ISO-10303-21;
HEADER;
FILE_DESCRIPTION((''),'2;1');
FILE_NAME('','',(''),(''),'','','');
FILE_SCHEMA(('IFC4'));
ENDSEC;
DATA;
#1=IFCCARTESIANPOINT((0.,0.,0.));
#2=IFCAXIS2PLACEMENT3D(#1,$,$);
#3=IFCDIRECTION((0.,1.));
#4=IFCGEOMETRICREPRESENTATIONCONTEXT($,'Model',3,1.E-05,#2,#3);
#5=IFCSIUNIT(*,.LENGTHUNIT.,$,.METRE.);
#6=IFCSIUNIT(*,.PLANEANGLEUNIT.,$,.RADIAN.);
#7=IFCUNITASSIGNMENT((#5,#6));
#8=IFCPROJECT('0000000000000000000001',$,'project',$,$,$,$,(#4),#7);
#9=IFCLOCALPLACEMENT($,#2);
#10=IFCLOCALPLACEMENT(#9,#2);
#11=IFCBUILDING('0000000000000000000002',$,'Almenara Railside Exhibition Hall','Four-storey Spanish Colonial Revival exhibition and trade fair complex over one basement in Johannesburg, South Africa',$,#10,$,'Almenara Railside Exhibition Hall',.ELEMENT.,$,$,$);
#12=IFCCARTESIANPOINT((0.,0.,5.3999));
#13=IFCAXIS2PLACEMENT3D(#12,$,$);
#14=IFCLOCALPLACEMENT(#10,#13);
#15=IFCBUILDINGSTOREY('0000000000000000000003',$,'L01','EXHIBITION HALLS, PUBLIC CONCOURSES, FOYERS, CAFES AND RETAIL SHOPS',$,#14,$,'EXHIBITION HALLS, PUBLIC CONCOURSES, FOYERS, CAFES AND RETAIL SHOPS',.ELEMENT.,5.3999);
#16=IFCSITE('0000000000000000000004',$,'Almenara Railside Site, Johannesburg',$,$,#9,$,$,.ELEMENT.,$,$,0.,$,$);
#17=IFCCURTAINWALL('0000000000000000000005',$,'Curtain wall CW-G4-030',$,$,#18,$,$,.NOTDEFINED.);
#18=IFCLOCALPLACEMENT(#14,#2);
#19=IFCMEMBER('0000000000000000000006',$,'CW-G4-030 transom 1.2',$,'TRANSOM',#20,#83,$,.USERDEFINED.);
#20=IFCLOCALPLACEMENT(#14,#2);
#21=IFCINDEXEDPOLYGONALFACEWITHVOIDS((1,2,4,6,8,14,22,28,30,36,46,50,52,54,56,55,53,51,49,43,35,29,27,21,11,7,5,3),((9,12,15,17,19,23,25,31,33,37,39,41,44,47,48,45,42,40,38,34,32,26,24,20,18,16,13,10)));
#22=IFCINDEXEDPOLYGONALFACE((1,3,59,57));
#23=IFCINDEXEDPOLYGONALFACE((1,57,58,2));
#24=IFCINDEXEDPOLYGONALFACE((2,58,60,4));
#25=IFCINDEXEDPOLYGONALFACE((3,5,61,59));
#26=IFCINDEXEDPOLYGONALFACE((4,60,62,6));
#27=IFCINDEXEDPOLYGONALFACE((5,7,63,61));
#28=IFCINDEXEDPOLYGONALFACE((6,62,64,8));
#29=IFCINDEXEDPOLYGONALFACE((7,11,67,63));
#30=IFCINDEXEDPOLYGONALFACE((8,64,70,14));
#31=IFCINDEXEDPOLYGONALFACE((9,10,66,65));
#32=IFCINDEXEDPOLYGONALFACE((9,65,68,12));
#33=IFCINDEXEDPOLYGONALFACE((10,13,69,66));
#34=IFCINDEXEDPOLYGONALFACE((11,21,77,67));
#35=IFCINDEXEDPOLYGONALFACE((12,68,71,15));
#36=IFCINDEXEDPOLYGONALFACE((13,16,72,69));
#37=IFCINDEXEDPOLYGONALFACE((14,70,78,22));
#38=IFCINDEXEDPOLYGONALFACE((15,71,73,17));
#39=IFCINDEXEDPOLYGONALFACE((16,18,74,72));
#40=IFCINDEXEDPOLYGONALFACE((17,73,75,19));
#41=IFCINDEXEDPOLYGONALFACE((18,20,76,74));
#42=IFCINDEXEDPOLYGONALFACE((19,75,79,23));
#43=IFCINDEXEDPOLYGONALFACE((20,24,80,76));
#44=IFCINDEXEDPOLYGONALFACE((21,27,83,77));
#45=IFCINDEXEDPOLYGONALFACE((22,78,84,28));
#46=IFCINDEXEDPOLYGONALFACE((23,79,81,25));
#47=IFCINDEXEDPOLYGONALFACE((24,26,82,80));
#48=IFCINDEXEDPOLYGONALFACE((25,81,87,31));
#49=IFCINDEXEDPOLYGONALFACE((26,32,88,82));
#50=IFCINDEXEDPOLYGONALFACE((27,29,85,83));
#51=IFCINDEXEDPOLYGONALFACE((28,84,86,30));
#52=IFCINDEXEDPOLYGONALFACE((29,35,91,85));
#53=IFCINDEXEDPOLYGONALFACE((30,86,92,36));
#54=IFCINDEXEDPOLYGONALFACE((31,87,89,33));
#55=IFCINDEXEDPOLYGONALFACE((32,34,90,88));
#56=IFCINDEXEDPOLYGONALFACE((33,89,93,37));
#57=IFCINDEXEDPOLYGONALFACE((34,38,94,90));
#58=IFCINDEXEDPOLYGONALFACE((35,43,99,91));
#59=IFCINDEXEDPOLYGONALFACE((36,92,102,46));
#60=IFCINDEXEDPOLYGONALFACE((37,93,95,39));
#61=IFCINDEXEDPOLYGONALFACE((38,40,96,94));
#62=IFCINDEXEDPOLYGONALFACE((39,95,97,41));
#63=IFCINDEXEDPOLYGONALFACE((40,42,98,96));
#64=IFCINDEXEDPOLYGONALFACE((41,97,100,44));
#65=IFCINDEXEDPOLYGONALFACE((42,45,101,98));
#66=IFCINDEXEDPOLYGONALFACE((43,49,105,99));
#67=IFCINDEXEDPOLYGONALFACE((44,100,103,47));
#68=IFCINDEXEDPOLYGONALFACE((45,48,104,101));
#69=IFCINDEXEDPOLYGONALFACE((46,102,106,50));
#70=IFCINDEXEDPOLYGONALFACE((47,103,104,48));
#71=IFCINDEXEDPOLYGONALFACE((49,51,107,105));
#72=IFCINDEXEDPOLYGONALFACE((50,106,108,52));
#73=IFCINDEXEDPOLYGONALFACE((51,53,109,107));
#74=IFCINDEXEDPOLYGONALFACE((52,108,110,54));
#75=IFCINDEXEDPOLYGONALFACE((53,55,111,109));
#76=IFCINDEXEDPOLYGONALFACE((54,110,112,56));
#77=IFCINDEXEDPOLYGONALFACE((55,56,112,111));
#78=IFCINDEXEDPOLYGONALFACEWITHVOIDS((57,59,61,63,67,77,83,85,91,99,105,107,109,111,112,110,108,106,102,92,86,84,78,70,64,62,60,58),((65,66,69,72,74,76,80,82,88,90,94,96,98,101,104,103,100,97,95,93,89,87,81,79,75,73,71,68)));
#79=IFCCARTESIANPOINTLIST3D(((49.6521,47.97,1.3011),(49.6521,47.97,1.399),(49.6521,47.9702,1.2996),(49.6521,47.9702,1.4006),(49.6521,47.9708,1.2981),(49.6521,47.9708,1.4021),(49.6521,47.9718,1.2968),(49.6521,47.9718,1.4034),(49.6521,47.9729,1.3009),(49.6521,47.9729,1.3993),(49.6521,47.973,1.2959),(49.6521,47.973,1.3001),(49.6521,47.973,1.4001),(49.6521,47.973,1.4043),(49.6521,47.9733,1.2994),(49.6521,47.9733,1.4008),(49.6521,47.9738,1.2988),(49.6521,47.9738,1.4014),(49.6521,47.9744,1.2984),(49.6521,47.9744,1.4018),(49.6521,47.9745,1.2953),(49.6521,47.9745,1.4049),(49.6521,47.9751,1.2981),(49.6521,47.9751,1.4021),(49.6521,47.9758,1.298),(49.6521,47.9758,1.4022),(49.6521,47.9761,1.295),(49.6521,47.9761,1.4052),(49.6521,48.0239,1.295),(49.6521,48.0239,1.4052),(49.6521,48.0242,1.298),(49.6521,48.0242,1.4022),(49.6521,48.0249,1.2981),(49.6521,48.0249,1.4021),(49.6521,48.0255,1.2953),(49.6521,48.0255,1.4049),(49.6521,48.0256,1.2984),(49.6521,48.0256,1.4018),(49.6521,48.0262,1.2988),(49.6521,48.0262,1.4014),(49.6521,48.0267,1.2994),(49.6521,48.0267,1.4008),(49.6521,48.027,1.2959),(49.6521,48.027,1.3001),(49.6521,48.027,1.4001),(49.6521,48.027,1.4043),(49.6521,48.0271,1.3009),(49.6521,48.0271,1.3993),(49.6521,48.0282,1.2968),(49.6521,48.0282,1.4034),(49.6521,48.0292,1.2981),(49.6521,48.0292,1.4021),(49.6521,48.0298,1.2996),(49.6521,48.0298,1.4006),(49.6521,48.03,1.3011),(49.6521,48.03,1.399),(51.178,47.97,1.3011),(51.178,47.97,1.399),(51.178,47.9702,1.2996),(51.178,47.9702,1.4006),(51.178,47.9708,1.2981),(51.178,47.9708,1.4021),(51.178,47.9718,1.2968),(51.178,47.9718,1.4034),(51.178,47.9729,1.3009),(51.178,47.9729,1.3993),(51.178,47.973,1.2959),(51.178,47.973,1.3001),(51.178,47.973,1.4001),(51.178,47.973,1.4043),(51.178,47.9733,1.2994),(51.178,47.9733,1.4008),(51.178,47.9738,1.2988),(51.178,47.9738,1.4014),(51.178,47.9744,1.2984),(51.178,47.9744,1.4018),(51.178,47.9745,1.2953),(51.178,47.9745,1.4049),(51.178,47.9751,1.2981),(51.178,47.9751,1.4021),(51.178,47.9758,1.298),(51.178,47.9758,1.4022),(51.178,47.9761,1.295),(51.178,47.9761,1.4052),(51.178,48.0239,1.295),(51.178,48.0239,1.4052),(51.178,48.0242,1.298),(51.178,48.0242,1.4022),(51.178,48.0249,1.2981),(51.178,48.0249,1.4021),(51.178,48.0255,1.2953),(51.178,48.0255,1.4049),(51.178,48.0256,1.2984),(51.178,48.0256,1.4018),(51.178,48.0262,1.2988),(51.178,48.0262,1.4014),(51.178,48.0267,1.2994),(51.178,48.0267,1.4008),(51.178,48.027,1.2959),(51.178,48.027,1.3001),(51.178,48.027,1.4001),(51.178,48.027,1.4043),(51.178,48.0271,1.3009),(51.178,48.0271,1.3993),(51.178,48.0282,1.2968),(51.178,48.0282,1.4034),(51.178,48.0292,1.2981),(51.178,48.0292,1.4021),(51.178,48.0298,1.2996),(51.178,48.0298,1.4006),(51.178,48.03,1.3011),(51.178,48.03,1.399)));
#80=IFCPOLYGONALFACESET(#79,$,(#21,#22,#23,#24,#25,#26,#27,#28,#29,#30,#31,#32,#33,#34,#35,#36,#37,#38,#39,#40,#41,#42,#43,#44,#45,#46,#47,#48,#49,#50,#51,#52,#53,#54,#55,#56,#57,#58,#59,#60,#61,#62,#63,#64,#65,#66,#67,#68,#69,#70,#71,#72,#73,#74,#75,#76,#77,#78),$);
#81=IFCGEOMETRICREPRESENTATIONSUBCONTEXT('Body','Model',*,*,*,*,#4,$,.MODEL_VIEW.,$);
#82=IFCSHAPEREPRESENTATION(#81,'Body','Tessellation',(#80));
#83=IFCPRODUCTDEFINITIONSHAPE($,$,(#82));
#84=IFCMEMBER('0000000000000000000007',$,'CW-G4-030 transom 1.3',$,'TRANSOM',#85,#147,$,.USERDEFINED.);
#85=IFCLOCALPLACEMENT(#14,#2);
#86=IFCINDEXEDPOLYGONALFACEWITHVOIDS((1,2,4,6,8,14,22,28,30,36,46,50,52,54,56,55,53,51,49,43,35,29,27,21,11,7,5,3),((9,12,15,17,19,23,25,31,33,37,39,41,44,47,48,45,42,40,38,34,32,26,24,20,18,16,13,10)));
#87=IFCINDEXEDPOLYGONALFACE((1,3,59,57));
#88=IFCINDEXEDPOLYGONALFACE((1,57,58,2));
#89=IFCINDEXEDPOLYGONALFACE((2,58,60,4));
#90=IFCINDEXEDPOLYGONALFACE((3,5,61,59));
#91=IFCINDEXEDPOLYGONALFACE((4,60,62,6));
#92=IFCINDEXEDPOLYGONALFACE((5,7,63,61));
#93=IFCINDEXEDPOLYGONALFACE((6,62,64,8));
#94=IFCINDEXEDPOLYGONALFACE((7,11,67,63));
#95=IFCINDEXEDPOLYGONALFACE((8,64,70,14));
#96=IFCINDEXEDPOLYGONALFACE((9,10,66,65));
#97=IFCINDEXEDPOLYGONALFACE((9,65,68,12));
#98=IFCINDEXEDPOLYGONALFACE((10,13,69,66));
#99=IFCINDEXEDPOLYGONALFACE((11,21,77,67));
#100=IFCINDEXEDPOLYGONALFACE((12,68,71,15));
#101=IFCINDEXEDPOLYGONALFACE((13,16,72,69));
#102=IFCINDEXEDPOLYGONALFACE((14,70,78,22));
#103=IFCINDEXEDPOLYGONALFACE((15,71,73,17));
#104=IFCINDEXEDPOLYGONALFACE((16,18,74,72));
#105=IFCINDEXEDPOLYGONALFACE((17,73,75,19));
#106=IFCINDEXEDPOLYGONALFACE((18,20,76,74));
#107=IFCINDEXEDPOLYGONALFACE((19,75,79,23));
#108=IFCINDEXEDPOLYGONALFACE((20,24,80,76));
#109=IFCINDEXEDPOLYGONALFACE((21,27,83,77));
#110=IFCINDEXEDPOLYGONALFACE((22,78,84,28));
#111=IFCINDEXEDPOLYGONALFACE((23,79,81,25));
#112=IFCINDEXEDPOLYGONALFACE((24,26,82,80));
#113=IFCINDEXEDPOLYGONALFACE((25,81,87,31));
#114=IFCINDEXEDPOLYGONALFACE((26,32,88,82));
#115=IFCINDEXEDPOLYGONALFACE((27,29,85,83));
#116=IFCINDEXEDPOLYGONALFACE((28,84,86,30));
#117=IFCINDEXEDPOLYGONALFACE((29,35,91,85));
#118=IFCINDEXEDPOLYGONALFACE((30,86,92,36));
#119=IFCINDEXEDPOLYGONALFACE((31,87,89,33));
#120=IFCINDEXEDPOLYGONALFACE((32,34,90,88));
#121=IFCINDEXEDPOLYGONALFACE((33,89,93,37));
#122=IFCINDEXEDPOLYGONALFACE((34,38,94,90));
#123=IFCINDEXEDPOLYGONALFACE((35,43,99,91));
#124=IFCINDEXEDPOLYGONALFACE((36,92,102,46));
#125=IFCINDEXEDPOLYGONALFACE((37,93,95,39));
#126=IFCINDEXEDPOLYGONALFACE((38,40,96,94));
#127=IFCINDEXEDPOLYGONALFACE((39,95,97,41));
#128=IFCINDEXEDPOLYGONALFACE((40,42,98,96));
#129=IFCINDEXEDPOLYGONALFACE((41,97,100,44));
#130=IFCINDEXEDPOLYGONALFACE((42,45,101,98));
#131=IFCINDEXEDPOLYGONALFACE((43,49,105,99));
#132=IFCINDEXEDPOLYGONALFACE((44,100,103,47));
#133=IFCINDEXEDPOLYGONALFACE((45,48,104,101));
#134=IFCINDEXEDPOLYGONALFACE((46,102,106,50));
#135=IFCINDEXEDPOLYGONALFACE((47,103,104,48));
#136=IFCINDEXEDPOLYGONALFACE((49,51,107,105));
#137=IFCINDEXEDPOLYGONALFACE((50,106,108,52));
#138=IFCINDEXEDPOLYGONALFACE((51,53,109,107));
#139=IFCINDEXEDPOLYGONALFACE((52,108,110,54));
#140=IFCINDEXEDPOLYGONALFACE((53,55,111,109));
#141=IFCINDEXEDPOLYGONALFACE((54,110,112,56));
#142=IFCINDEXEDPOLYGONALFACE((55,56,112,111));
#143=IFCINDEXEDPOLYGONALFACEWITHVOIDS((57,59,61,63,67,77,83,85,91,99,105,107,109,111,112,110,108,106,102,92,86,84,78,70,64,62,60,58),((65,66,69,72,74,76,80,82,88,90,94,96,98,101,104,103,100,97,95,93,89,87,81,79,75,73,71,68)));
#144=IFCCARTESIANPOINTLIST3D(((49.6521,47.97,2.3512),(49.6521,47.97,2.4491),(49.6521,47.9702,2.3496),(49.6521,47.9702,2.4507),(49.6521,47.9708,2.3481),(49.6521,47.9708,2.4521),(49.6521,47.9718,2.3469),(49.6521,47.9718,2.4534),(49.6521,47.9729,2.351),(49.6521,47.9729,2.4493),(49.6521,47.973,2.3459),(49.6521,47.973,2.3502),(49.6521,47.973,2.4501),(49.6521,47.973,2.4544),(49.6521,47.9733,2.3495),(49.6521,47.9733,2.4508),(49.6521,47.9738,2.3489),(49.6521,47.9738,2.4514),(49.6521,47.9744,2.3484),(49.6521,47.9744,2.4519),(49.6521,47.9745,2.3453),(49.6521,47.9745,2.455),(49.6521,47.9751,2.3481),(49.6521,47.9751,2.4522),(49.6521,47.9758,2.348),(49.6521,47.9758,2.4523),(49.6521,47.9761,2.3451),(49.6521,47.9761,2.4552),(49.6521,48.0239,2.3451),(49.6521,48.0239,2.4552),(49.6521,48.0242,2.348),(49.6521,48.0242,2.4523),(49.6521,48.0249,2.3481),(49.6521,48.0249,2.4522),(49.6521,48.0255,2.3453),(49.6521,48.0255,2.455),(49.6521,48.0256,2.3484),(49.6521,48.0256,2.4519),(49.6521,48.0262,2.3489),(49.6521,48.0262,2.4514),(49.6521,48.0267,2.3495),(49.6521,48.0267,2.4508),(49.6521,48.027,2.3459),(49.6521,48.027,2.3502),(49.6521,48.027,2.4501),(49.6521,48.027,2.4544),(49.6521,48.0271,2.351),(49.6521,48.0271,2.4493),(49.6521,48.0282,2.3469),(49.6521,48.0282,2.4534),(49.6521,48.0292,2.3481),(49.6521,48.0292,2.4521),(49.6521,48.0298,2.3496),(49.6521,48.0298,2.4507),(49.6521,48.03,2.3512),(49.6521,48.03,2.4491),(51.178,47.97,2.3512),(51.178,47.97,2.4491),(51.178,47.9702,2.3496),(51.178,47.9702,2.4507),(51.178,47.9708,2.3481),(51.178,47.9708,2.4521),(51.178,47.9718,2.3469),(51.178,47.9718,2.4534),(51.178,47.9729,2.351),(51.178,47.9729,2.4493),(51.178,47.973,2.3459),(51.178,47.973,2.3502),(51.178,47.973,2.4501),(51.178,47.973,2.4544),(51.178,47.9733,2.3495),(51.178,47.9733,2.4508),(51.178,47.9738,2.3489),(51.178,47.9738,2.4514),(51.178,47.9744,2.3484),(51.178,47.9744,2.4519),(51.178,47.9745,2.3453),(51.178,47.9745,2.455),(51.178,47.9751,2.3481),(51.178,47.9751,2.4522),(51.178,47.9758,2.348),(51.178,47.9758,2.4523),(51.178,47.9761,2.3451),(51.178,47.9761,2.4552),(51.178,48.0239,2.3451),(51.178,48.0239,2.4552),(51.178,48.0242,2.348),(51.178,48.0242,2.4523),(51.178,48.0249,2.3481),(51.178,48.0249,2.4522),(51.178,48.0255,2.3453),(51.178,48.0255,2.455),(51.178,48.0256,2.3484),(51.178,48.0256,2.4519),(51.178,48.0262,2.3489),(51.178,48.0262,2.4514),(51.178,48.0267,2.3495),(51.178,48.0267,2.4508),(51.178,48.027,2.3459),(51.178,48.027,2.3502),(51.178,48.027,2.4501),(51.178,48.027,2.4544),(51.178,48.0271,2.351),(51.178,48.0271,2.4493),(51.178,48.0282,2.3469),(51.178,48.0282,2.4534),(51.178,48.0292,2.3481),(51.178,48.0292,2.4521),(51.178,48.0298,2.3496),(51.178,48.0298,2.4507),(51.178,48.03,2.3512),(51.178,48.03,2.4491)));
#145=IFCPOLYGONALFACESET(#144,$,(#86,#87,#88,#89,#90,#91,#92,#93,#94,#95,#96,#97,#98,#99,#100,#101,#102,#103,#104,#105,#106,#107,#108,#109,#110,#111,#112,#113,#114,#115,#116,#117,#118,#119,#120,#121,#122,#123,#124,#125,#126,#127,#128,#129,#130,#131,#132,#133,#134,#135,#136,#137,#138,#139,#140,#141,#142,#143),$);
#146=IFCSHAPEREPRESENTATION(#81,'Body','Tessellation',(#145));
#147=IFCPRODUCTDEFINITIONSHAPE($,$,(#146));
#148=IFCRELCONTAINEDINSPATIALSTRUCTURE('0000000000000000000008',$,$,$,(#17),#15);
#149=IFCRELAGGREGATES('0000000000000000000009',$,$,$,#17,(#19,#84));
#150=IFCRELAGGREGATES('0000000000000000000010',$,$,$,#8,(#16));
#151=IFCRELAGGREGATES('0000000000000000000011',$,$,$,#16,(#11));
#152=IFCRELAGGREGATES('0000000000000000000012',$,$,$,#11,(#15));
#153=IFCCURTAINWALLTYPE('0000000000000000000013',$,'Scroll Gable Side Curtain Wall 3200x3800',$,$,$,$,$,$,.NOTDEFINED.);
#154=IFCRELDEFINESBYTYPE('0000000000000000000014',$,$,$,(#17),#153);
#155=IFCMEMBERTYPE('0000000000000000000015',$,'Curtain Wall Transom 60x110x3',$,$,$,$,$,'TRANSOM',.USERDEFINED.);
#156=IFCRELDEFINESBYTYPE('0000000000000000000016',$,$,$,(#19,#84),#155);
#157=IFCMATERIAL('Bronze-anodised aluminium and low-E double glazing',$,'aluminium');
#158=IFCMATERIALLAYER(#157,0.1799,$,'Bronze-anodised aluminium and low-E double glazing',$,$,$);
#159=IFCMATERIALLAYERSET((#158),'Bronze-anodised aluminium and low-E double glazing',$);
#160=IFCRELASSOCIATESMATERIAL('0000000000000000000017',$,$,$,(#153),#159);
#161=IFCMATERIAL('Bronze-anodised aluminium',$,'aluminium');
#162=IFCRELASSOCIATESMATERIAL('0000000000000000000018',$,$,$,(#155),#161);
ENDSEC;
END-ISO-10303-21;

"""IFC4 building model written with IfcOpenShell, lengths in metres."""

from ifc_helpers import new_model, si_unit, direction, frame, origin, origin_2d, place, context, subcontext, project, spatial, hollow_rectangle, extrude, material, layer, layer_set, material_profile, profile_set, type_object, element, aggregate, save


model = new_model("IFC4")

# Units and contexts
model_context = context("Model", 3, precision=1e-05, world=origin(), true_north=direction((0.0, 1.0)))
body_context = subcontext(model_context, "Body", "Model", "MODEL_VIEW")
ifc_project = project(units=[si_unit("LENGTHUNIT", "METRE"), si_unit("PLANEANGLEUNIT", "RADIAN")], contexts=[model_context])

# Site, building, storey
site_placement = place(None, origin())
site = spatial("IfcSite", under=ifc_project, at=site_placement, Name="Almenara Railside Site, Johannesburg", CompositionType="ELEMENT", RefElevation=0.0)
building_placement = place(site_placement, origin())
building = spatial("IfcBuilding", under=site, at=building_placement, Name="Almenara Railside Exhibition Hall", Description="Four-storey Spanish Colonial Revival exhibition and trade fair complex over one basement in Johannesburg, South Africa", LongName="Almenara Railside Exhibition Hall", CompositionType="ELEMENT")
storey_placement = place(building_placement, frame((0.0, 0.0, 5.3999)))
storey = spatial("IfcBuildingStorey", under=building, at=storey_placement, Name="L01", Description="EXHIBITION HALLS, PUBLIC CONCOURSES, FOYERS, CAFES AND RETAIL SHOPS", LongName="EXHIBITION HALLS, PUBLIC CONCOURSES, FOYERS, CAFES AND RETAIL SHOPS", CompositionType="ELEMENT", Elevation=5.3999)

# Curtain wall
ifc_material_1 = material(Name="Bronze-anodised aluminium and low-E double glazing", Category="aluminium")
ifc_layer_1 = layer(ifc_material_1, 0.1799, Name="Bronze-anodised aluminium and low-E double glazing")
ifc_layer_set_1 = layer_set([ifc_layer_1], Name="Bronze-anodised aluminium and low-E double glazing")
curtain_wall_type_1 = type_object("IfcCurtainWallType", Name="Scroll Gable Side Curtain Wall 3200x3800", PredefinedType="NOTDEFINED", material=ifc_layer_set_1)
curtain_wall_1_placement = place(storey_placement, origin())
curtain_wall_1 = element("IfcCurtainWall", 1, at=curtain_wall_1_placement, inside=storey, type_object=curtain_wall_type_1, Name="Curtain wall CW-G4-030", PredefinedType="NOTDEFINED")
ifc_material_2 = material(Name="Bronze-anodised aluminium", Category="aluminium")

# Members
ifc_material_profile_1 = material_profile(ifc_material_2, hollow_rectangle(XDim=0.0601, YDim=0.1101, WallThickness=0.0029, InnerFilletRadius=0.0029, OuterFilletRadius=0.0061, at=origin_2d()), Name="ALU-TRN 60x110x3")
ifc_profile_set_1 = profile_set([ifc_material_profile_1], Name="Bronze-anodised aluminium")
member_type_1 = type_object("IfcMemberType", Name="Curtain Wall Transom 60x110x3", ElementType="TRANSOM", PredefinedType="USERDEFINED", material=ifc_profile_set_1)
member_1_placement = place(storey_placement, frame((49.6521, 48.0, 1.3501), z_axis=(1.0, 0.0, 0.0), x_axis=(0.0, 1.0, 0.0)))
member_1 = element("IfcMember", 2, at=member_1_placement, type_object=member_type_1, Name="CW-G4-030 transom 1.2", ObjectType="TRANSOM", PredefinedType="USERDEFINED", context=body_context, shape_type="SweptSolid", body=[
    extrude(hollow_rectangle(XDim=0.0601, YDim=0.1101, WallThickness=0.0029, InnerFilletRadius=0.0029, OuterFilletRadius=0.0061, at=origin_2d()), origin(), (0.0, 0.0, 1.0), 1.5259),
])
member_2_placement = place(storey_placement, frame((49.6521, 48.0, 2.4001), z_axis=(1.0, 0.0, 0.0), x_axis=(0.0, 1.0, 0.0)))
member_2 = element("IfcMember", 3, at=member_2_placement, type_object=member_type_1, Name="CW-G4-030 transom 1.3", ObjectType="TRANSOM", PredefinedType="USERDEFINED", context=body_context, shape_type="SweptSolid", body=[
    extrude(hollow_rectangle(XDim=0.0601, YDim=0.1101, WallThickness=0.0029, InnerFilletRadius=0.0029, OuterFilletRadius=0.0061, at=origin_2d()), origin(), (0.0, 0.0, 1.0), 1.5259),
])

aggregate(curtain_wall_1, [member_1, member_2])

save(model, "model.ifc")
